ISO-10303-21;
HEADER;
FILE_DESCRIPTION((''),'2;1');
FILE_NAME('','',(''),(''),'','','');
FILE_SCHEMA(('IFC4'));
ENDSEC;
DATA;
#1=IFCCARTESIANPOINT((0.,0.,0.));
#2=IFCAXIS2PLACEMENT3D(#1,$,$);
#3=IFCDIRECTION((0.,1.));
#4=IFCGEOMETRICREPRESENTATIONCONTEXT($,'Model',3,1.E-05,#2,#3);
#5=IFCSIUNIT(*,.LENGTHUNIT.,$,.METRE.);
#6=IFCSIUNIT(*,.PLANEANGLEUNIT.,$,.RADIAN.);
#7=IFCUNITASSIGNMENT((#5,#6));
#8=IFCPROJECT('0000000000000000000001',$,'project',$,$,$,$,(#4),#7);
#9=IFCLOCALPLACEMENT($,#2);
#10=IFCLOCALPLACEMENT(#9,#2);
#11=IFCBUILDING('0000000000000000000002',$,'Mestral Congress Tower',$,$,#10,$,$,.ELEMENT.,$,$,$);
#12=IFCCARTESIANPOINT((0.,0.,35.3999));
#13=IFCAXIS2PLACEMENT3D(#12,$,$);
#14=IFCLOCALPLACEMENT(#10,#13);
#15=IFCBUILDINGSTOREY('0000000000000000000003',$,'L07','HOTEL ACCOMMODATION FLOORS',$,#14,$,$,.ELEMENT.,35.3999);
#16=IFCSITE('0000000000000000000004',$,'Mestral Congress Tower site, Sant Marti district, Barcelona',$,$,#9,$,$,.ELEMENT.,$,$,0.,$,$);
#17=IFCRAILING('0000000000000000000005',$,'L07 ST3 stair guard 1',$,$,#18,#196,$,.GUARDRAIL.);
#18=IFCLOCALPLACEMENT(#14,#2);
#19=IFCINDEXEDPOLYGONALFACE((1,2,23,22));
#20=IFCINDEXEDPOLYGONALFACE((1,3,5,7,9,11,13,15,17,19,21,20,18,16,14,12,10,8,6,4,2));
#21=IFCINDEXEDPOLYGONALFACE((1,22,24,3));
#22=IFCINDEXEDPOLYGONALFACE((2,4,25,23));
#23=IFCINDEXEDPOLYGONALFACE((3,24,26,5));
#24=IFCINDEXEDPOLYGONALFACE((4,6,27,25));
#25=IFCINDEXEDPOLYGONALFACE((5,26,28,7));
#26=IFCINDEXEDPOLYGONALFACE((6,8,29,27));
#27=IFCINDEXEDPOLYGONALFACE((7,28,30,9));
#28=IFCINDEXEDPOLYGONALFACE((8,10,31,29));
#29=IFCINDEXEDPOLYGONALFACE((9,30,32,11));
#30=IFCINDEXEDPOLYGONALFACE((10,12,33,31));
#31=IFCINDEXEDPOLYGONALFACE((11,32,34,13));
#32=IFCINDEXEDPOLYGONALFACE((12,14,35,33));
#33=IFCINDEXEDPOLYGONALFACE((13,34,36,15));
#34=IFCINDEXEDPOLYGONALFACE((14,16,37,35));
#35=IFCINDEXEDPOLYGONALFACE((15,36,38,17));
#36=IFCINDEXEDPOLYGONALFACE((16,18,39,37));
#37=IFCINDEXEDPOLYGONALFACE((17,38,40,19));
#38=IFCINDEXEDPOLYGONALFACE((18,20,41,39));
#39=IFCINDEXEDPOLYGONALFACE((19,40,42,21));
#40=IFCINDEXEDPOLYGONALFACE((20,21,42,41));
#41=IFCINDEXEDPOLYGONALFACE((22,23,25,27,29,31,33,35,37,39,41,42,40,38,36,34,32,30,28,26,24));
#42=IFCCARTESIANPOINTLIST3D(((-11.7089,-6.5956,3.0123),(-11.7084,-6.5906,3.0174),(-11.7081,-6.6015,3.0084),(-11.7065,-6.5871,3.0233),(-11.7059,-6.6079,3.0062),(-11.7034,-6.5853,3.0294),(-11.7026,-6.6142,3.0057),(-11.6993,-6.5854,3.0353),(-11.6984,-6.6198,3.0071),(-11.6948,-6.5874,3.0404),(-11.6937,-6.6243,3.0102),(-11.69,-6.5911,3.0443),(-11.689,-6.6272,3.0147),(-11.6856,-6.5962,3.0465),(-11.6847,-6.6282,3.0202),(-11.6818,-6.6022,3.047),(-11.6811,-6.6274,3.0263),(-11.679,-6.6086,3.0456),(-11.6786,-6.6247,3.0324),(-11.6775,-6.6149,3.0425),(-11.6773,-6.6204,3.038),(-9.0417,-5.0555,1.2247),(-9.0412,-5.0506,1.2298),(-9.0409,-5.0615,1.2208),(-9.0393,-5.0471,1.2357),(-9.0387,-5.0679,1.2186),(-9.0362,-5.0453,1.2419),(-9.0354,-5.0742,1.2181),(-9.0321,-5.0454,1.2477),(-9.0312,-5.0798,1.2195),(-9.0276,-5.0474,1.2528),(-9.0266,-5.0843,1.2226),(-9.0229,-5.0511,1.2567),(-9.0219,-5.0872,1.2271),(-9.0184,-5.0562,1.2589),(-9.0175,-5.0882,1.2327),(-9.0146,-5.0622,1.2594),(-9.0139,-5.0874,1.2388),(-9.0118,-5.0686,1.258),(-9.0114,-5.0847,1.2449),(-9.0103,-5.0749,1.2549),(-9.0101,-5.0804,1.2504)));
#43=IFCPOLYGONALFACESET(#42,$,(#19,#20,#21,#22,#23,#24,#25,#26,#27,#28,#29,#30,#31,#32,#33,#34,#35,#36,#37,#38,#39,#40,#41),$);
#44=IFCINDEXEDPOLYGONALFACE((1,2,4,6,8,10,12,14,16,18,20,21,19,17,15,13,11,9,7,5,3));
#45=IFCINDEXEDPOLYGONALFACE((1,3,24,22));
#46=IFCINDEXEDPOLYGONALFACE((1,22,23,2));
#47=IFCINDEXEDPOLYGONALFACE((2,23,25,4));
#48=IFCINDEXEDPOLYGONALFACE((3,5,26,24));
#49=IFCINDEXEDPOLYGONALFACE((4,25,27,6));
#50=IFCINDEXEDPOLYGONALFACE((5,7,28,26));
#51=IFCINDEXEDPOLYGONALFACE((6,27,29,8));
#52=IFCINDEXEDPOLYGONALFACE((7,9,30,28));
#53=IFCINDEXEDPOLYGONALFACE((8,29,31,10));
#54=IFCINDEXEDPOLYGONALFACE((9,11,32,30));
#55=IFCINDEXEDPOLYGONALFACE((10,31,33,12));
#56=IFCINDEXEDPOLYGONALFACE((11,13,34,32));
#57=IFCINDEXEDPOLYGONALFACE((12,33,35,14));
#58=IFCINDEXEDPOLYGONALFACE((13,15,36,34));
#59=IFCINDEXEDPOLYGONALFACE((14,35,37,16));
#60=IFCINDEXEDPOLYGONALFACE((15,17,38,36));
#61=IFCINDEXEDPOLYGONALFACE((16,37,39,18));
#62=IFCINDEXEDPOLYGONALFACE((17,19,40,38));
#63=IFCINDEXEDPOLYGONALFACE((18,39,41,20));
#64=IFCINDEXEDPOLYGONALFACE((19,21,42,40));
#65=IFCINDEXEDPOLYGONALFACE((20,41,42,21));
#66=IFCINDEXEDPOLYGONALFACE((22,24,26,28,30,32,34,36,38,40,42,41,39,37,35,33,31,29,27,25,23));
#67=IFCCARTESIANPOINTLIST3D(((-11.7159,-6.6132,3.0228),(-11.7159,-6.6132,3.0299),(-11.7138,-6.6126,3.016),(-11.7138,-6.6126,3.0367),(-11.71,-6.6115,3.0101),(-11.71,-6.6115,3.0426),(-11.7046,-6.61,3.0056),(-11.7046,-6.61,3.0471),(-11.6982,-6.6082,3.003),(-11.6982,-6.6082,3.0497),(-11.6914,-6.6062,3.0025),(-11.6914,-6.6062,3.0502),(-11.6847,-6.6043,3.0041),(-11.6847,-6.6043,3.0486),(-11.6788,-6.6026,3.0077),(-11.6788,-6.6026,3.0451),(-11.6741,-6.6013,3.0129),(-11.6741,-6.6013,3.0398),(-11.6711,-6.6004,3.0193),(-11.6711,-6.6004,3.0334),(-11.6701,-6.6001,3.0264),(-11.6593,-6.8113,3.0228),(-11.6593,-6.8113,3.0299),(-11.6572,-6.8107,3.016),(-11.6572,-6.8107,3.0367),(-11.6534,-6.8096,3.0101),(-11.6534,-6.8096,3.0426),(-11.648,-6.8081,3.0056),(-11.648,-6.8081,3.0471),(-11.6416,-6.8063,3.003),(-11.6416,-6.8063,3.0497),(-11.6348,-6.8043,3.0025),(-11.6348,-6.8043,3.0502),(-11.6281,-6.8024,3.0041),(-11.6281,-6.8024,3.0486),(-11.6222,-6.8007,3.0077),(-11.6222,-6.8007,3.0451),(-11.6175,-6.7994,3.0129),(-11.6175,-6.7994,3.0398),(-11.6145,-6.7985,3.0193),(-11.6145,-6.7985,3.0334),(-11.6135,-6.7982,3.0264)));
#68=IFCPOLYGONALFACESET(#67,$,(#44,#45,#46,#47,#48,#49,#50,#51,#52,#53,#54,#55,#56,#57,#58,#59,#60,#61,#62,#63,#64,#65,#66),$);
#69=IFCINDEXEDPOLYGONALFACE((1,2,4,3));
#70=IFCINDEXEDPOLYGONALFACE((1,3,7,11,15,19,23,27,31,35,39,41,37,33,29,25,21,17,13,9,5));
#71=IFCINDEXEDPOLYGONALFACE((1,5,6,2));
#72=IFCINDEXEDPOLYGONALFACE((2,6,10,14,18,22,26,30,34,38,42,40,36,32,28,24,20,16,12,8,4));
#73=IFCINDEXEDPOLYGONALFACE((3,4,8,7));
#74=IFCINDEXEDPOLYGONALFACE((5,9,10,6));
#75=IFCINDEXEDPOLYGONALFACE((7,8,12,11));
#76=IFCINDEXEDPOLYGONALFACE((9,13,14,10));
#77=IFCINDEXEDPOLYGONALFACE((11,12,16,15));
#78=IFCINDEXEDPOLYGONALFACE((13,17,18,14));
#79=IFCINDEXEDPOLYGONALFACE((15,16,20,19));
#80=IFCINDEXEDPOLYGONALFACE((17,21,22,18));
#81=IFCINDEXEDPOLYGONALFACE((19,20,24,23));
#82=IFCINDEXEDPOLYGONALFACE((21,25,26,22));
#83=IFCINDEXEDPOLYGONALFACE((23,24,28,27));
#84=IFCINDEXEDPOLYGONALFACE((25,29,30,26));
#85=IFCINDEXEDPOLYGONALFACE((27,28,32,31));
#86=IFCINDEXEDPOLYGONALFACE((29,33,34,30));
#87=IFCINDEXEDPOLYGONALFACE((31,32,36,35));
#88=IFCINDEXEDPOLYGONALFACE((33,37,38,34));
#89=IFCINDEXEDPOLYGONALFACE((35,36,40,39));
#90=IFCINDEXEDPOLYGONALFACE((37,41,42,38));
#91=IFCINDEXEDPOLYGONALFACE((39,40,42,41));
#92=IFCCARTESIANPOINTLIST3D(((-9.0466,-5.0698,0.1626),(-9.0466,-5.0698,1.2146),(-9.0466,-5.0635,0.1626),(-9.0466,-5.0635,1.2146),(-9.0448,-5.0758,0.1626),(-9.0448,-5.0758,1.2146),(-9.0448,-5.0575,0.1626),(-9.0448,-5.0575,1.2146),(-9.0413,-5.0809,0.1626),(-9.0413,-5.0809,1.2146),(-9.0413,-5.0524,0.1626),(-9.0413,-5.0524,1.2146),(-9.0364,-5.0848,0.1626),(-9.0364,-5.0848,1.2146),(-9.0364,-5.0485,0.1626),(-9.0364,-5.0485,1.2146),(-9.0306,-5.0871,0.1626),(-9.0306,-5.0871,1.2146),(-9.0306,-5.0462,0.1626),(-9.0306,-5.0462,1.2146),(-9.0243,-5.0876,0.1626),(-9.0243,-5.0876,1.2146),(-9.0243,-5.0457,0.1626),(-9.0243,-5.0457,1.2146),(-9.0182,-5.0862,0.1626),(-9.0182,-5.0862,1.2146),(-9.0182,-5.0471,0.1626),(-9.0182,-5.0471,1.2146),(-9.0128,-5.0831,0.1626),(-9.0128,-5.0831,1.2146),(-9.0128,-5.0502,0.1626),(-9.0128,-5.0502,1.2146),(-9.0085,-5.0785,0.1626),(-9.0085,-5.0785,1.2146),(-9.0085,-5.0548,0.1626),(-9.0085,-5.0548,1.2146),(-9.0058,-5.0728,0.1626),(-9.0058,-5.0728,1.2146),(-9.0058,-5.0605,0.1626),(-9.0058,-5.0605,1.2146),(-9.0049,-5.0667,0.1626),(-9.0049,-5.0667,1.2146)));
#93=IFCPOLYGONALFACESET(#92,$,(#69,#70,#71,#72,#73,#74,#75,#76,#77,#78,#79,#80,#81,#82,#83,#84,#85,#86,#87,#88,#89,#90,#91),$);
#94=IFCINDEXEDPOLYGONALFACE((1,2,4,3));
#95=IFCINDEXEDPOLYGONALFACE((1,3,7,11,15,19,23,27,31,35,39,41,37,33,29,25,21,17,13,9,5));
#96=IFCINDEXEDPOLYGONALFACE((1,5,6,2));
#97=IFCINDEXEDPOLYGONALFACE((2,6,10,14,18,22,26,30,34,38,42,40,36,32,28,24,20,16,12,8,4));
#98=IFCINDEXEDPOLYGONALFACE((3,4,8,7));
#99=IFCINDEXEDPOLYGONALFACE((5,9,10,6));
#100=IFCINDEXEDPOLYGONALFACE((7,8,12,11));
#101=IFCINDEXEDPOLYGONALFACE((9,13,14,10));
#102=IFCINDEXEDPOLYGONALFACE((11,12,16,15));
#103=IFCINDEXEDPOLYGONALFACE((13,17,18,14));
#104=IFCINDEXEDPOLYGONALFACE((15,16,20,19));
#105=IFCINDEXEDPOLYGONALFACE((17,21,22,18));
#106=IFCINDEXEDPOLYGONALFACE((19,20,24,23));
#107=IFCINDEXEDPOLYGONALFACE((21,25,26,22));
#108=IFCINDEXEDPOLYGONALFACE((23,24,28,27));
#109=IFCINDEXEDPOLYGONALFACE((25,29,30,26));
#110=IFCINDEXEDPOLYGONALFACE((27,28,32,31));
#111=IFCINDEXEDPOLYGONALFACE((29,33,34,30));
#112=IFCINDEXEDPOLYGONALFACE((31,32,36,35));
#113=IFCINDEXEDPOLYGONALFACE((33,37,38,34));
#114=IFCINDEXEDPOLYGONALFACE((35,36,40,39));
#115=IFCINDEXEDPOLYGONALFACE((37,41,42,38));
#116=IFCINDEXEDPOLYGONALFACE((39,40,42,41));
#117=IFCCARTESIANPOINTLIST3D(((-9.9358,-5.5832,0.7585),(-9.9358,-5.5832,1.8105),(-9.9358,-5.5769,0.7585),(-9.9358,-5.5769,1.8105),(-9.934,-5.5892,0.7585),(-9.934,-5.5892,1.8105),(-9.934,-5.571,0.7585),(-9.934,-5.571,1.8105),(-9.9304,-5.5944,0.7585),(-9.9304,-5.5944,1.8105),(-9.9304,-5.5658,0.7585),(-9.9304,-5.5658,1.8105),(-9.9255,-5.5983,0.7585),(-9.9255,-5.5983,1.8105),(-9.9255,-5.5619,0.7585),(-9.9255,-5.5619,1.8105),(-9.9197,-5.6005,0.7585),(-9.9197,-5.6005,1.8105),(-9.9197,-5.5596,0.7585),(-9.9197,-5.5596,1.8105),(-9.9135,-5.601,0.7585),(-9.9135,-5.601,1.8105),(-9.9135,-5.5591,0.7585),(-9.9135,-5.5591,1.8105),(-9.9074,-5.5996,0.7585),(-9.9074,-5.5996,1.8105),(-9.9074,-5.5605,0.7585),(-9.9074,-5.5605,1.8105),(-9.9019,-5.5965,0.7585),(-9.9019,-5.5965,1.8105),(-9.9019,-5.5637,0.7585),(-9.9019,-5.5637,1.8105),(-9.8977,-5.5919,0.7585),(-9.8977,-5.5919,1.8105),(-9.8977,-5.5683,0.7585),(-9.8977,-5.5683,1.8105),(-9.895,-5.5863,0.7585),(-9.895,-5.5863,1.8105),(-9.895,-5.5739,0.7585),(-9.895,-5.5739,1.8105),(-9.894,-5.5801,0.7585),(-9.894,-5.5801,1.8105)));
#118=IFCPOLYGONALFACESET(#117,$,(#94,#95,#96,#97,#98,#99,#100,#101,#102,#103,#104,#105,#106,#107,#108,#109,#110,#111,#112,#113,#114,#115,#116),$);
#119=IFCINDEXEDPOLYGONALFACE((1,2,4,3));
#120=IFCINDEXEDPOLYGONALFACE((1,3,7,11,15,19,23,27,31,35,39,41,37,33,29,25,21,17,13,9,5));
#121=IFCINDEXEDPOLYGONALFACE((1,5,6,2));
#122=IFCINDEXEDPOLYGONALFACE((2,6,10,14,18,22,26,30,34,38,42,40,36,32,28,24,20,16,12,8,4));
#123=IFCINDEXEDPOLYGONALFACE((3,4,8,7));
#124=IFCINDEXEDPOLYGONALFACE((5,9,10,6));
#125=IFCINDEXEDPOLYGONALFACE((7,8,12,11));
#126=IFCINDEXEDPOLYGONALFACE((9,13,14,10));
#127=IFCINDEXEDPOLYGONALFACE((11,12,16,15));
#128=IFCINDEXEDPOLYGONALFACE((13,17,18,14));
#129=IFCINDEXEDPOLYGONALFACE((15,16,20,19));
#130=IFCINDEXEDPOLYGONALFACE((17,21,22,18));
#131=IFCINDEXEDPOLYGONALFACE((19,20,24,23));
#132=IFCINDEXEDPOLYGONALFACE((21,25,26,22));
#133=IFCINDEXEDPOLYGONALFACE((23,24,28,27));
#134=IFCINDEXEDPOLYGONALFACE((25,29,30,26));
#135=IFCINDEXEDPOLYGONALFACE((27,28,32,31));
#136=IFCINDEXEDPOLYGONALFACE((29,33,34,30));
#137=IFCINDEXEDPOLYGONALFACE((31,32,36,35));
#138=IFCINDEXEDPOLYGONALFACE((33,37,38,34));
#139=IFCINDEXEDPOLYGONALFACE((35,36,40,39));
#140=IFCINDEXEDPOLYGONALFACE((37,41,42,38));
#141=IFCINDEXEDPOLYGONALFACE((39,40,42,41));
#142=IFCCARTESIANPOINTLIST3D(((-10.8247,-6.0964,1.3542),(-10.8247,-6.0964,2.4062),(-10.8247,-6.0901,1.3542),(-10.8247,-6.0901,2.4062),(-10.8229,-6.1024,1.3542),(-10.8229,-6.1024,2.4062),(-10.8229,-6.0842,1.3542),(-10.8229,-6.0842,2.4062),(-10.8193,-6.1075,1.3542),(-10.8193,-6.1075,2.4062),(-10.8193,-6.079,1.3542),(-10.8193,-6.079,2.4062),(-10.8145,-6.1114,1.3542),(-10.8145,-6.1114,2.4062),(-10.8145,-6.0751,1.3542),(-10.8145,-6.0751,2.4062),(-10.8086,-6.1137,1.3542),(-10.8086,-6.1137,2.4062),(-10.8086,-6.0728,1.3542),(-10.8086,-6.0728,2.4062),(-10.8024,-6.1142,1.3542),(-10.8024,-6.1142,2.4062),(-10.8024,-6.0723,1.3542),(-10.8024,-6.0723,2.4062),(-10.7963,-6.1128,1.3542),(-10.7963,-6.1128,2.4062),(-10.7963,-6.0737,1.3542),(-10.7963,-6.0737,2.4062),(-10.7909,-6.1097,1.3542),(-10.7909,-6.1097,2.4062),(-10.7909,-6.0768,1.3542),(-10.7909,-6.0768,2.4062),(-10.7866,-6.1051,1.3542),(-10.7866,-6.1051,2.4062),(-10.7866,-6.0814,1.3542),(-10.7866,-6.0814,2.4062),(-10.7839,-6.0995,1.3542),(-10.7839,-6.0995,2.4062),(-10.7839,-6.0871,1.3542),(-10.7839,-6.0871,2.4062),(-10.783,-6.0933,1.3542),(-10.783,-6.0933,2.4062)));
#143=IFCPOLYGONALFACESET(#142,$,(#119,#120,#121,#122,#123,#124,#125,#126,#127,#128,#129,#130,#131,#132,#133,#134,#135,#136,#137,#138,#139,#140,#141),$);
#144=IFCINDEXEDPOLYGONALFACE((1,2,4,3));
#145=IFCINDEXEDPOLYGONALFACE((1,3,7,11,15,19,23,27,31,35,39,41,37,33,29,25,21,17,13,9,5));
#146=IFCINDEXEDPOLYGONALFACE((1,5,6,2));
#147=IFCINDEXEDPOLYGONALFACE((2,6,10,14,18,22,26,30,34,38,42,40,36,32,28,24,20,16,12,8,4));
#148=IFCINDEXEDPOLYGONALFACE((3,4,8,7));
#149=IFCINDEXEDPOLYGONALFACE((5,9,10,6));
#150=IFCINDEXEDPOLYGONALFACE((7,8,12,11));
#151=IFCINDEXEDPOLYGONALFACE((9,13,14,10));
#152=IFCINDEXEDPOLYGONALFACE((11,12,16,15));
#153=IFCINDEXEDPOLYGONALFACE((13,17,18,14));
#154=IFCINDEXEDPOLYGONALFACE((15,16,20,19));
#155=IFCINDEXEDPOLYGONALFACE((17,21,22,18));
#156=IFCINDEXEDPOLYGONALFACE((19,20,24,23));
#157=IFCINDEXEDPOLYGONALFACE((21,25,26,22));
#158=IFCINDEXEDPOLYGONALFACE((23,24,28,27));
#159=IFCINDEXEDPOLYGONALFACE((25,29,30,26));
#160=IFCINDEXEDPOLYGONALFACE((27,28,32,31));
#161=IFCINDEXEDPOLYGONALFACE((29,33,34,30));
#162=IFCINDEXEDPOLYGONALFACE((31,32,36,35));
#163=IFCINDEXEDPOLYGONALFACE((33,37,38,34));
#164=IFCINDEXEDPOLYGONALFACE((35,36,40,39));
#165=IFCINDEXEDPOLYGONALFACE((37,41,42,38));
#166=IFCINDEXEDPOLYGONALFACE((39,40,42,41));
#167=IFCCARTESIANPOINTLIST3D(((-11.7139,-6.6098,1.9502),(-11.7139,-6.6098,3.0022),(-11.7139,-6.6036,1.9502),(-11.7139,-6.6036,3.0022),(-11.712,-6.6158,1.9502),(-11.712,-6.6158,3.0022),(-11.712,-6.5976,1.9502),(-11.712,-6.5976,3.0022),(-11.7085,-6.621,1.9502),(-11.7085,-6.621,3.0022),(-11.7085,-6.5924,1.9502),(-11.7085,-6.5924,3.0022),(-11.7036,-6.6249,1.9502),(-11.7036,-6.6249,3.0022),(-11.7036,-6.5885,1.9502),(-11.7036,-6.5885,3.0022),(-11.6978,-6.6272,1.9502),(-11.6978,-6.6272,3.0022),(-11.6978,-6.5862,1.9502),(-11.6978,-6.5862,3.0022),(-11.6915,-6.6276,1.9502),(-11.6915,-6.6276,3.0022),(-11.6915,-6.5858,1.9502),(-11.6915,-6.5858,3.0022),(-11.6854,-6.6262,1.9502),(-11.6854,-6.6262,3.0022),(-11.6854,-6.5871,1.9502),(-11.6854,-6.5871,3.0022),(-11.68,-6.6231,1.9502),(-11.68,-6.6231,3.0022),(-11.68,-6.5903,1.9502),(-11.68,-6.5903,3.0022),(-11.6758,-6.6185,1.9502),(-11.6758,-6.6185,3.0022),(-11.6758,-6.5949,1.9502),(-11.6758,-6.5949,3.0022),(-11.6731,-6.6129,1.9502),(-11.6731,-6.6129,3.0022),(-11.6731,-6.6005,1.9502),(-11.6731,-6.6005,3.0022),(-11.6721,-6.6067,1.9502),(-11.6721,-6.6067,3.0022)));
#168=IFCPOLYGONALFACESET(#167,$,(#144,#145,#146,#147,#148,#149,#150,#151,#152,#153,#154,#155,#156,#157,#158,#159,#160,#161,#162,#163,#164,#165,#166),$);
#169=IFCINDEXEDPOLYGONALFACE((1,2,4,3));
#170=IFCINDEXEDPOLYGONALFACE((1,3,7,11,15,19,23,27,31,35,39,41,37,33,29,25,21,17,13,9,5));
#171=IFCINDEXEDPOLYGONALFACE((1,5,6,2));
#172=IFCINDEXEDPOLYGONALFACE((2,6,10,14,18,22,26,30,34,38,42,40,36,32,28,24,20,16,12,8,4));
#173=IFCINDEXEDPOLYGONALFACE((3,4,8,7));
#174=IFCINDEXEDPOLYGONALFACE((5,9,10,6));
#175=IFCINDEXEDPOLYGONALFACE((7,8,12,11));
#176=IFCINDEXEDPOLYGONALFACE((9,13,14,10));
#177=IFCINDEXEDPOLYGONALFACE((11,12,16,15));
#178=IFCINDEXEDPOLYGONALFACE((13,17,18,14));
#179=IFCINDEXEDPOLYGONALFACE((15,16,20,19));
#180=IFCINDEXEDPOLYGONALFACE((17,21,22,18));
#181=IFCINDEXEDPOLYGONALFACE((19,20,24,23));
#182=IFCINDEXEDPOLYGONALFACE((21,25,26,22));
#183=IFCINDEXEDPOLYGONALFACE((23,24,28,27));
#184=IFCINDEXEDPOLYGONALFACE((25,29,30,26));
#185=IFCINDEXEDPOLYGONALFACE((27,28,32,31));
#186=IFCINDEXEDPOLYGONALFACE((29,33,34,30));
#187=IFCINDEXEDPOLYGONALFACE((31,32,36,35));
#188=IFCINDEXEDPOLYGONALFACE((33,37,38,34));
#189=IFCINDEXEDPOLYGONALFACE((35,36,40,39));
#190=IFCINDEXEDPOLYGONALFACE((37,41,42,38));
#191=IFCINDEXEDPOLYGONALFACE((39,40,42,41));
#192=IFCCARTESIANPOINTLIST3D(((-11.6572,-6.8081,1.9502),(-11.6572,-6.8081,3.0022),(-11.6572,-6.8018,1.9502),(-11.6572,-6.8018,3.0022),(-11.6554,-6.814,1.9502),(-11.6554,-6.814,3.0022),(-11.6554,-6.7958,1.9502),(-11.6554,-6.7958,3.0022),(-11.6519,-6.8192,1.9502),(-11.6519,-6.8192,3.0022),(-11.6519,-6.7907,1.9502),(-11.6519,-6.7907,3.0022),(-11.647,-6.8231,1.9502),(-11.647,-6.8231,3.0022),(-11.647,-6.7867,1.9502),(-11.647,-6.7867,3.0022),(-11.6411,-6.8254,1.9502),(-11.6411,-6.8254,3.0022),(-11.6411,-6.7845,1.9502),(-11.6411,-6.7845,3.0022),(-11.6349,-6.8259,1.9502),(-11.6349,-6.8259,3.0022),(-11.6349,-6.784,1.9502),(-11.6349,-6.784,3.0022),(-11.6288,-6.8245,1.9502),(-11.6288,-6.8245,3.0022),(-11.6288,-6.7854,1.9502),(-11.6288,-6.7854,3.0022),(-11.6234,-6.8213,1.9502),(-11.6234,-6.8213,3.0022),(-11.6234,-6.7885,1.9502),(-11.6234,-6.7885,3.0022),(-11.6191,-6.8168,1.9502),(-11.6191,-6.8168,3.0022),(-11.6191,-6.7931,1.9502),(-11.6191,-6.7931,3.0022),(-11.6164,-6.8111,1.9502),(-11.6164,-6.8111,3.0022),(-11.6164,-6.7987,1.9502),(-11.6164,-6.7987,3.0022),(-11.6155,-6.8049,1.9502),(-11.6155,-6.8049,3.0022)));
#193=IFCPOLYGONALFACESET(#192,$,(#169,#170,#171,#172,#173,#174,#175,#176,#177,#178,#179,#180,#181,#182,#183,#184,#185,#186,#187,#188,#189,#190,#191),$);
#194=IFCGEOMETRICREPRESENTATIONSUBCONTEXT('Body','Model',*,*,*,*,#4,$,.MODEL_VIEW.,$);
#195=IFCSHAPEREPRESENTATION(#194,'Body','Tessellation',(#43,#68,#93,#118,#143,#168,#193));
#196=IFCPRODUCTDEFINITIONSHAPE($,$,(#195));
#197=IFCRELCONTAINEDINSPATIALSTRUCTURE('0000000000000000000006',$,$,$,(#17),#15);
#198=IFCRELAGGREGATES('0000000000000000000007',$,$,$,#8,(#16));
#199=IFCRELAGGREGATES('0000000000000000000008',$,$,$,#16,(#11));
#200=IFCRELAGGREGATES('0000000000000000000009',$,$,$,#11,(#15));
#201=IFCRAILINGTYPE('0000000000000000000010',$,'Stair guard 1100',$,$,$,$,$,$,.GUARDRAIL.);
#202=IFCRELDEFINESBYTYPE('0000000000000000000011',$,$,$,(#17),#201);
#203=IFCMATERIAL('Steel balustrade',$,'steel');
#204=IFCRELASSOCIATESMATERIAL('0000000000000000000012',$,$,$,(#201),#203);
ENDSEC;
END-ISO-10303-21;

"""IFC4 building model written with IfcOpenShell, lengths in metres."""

from ifc_helpers import new_model, si_unit, direction, frame, origin, origin_2d, place, context, subcontext, project, spatial, circle, extrude, material, type_object, element, save


model = new_model("IFC4")

# Units and contexts
model_context = context("Model", 3, precision=1e-05, world=origin(), true_north=direction((0.0, 1.0)))
body_context = subcontext(model_context, "Body", "Model", "MODEL_VIEW")
ifc_project = project(units=[si_unit("LENGTHUNIT", "METRE"), si_unit("PLANEANGLEUNIT", "RADIAN")], contexts=[model_context])

# Site, building, storey
site_placement = place(None, origin())
site = spatial("IfcSite", under=ifc_project, at=site_placement, Name="Mestral Congress Tower site, Sant Marti district, Barcelona", CompositionType="ELEMENT", RefElevation=0.0)
building_placement = place(site_placement, origin())
building = spatial("IfcBuilding", under=site, at=building_placement, Name="Mestral Congress Tower", CompositionType="ELEMENT")
storey_placement = place(building_placement, frame((0.0, 0.0, 35.3999)))
storey = spatial("IfcBuildingStorey", under=building, at=storey_placement, Name="L07", Description="HOTEL ACCOMMODATION FLOORS", CompositionType="ELEMENT", Elevation=35.3999)

# Railing
ifc_material_1 = material(Name="Steel balustrade", Category="steel")
railing_type_1 = type_object("IfcRailingType", Name="Stair guard 1100", PredefinedType="GUARDRAIL", material=ifc_material_1)
railing_1_placement = place(storey_placement, frame((-9.0259, -5.0667, 0.1626)))
element("IfcRailing", 1, at=railing_1_placement, inside=storey, type_object=railing_type_1, Name="L07 ST3 stair guard 1", PredefinedType="GUARDRAIL", context=body_context, shape_type="SweptSolid", body=[
    extrude(circle(Radius=0.0239, at=origin_2d()), frame((0.0, 0.0, 1.0762), z_axis=(-0.748994, -0.432463, 0.50198), x_axis=(0.500027, -0.86601, 0.0)), (0.0, 0.0, 1.0), 3.561),
    extrude(circle(Radius=0.0239, at=origin_2d()), frame((-2.6672, -1.54, 2.8638), z_axis=(0.274721, -0.961524, 0.0), x_axis=(0.961524, 0.274721, 0.0)), (0.0, 0.0, 1.0), 0.2061),
    extrude(circle(Radius=0.021, at=origin_2d()), origin(), (0.0, 0.0, 1.0), 1.052),
    extrude(circle(Radius=0.021, at=origin_2d()), frame((-0.8892, -0.5134, 0.5959)), (0.0, 0.0, 1.0), 1.052),
    extrude(circle(Radius=0.021, at=origin_2d()), frame((-1.7781, -1.0266, 1.1917)), (0.0, 0.0, 1.0), 1.052),
    extrude(circle(Radius=0.021, at=origin_2d()), frame((-2.6672, -1.54, 1.7876)), (0.0, 0.0, 1.0), 1.052),
    extrude(circle(Radius=0.021, at=origin_2d()), frame((-2.6106, -1.7383, 1.7876)), (0.0, 0.0, 1.0), 1.052),
])

save(model, "model.ifc")
